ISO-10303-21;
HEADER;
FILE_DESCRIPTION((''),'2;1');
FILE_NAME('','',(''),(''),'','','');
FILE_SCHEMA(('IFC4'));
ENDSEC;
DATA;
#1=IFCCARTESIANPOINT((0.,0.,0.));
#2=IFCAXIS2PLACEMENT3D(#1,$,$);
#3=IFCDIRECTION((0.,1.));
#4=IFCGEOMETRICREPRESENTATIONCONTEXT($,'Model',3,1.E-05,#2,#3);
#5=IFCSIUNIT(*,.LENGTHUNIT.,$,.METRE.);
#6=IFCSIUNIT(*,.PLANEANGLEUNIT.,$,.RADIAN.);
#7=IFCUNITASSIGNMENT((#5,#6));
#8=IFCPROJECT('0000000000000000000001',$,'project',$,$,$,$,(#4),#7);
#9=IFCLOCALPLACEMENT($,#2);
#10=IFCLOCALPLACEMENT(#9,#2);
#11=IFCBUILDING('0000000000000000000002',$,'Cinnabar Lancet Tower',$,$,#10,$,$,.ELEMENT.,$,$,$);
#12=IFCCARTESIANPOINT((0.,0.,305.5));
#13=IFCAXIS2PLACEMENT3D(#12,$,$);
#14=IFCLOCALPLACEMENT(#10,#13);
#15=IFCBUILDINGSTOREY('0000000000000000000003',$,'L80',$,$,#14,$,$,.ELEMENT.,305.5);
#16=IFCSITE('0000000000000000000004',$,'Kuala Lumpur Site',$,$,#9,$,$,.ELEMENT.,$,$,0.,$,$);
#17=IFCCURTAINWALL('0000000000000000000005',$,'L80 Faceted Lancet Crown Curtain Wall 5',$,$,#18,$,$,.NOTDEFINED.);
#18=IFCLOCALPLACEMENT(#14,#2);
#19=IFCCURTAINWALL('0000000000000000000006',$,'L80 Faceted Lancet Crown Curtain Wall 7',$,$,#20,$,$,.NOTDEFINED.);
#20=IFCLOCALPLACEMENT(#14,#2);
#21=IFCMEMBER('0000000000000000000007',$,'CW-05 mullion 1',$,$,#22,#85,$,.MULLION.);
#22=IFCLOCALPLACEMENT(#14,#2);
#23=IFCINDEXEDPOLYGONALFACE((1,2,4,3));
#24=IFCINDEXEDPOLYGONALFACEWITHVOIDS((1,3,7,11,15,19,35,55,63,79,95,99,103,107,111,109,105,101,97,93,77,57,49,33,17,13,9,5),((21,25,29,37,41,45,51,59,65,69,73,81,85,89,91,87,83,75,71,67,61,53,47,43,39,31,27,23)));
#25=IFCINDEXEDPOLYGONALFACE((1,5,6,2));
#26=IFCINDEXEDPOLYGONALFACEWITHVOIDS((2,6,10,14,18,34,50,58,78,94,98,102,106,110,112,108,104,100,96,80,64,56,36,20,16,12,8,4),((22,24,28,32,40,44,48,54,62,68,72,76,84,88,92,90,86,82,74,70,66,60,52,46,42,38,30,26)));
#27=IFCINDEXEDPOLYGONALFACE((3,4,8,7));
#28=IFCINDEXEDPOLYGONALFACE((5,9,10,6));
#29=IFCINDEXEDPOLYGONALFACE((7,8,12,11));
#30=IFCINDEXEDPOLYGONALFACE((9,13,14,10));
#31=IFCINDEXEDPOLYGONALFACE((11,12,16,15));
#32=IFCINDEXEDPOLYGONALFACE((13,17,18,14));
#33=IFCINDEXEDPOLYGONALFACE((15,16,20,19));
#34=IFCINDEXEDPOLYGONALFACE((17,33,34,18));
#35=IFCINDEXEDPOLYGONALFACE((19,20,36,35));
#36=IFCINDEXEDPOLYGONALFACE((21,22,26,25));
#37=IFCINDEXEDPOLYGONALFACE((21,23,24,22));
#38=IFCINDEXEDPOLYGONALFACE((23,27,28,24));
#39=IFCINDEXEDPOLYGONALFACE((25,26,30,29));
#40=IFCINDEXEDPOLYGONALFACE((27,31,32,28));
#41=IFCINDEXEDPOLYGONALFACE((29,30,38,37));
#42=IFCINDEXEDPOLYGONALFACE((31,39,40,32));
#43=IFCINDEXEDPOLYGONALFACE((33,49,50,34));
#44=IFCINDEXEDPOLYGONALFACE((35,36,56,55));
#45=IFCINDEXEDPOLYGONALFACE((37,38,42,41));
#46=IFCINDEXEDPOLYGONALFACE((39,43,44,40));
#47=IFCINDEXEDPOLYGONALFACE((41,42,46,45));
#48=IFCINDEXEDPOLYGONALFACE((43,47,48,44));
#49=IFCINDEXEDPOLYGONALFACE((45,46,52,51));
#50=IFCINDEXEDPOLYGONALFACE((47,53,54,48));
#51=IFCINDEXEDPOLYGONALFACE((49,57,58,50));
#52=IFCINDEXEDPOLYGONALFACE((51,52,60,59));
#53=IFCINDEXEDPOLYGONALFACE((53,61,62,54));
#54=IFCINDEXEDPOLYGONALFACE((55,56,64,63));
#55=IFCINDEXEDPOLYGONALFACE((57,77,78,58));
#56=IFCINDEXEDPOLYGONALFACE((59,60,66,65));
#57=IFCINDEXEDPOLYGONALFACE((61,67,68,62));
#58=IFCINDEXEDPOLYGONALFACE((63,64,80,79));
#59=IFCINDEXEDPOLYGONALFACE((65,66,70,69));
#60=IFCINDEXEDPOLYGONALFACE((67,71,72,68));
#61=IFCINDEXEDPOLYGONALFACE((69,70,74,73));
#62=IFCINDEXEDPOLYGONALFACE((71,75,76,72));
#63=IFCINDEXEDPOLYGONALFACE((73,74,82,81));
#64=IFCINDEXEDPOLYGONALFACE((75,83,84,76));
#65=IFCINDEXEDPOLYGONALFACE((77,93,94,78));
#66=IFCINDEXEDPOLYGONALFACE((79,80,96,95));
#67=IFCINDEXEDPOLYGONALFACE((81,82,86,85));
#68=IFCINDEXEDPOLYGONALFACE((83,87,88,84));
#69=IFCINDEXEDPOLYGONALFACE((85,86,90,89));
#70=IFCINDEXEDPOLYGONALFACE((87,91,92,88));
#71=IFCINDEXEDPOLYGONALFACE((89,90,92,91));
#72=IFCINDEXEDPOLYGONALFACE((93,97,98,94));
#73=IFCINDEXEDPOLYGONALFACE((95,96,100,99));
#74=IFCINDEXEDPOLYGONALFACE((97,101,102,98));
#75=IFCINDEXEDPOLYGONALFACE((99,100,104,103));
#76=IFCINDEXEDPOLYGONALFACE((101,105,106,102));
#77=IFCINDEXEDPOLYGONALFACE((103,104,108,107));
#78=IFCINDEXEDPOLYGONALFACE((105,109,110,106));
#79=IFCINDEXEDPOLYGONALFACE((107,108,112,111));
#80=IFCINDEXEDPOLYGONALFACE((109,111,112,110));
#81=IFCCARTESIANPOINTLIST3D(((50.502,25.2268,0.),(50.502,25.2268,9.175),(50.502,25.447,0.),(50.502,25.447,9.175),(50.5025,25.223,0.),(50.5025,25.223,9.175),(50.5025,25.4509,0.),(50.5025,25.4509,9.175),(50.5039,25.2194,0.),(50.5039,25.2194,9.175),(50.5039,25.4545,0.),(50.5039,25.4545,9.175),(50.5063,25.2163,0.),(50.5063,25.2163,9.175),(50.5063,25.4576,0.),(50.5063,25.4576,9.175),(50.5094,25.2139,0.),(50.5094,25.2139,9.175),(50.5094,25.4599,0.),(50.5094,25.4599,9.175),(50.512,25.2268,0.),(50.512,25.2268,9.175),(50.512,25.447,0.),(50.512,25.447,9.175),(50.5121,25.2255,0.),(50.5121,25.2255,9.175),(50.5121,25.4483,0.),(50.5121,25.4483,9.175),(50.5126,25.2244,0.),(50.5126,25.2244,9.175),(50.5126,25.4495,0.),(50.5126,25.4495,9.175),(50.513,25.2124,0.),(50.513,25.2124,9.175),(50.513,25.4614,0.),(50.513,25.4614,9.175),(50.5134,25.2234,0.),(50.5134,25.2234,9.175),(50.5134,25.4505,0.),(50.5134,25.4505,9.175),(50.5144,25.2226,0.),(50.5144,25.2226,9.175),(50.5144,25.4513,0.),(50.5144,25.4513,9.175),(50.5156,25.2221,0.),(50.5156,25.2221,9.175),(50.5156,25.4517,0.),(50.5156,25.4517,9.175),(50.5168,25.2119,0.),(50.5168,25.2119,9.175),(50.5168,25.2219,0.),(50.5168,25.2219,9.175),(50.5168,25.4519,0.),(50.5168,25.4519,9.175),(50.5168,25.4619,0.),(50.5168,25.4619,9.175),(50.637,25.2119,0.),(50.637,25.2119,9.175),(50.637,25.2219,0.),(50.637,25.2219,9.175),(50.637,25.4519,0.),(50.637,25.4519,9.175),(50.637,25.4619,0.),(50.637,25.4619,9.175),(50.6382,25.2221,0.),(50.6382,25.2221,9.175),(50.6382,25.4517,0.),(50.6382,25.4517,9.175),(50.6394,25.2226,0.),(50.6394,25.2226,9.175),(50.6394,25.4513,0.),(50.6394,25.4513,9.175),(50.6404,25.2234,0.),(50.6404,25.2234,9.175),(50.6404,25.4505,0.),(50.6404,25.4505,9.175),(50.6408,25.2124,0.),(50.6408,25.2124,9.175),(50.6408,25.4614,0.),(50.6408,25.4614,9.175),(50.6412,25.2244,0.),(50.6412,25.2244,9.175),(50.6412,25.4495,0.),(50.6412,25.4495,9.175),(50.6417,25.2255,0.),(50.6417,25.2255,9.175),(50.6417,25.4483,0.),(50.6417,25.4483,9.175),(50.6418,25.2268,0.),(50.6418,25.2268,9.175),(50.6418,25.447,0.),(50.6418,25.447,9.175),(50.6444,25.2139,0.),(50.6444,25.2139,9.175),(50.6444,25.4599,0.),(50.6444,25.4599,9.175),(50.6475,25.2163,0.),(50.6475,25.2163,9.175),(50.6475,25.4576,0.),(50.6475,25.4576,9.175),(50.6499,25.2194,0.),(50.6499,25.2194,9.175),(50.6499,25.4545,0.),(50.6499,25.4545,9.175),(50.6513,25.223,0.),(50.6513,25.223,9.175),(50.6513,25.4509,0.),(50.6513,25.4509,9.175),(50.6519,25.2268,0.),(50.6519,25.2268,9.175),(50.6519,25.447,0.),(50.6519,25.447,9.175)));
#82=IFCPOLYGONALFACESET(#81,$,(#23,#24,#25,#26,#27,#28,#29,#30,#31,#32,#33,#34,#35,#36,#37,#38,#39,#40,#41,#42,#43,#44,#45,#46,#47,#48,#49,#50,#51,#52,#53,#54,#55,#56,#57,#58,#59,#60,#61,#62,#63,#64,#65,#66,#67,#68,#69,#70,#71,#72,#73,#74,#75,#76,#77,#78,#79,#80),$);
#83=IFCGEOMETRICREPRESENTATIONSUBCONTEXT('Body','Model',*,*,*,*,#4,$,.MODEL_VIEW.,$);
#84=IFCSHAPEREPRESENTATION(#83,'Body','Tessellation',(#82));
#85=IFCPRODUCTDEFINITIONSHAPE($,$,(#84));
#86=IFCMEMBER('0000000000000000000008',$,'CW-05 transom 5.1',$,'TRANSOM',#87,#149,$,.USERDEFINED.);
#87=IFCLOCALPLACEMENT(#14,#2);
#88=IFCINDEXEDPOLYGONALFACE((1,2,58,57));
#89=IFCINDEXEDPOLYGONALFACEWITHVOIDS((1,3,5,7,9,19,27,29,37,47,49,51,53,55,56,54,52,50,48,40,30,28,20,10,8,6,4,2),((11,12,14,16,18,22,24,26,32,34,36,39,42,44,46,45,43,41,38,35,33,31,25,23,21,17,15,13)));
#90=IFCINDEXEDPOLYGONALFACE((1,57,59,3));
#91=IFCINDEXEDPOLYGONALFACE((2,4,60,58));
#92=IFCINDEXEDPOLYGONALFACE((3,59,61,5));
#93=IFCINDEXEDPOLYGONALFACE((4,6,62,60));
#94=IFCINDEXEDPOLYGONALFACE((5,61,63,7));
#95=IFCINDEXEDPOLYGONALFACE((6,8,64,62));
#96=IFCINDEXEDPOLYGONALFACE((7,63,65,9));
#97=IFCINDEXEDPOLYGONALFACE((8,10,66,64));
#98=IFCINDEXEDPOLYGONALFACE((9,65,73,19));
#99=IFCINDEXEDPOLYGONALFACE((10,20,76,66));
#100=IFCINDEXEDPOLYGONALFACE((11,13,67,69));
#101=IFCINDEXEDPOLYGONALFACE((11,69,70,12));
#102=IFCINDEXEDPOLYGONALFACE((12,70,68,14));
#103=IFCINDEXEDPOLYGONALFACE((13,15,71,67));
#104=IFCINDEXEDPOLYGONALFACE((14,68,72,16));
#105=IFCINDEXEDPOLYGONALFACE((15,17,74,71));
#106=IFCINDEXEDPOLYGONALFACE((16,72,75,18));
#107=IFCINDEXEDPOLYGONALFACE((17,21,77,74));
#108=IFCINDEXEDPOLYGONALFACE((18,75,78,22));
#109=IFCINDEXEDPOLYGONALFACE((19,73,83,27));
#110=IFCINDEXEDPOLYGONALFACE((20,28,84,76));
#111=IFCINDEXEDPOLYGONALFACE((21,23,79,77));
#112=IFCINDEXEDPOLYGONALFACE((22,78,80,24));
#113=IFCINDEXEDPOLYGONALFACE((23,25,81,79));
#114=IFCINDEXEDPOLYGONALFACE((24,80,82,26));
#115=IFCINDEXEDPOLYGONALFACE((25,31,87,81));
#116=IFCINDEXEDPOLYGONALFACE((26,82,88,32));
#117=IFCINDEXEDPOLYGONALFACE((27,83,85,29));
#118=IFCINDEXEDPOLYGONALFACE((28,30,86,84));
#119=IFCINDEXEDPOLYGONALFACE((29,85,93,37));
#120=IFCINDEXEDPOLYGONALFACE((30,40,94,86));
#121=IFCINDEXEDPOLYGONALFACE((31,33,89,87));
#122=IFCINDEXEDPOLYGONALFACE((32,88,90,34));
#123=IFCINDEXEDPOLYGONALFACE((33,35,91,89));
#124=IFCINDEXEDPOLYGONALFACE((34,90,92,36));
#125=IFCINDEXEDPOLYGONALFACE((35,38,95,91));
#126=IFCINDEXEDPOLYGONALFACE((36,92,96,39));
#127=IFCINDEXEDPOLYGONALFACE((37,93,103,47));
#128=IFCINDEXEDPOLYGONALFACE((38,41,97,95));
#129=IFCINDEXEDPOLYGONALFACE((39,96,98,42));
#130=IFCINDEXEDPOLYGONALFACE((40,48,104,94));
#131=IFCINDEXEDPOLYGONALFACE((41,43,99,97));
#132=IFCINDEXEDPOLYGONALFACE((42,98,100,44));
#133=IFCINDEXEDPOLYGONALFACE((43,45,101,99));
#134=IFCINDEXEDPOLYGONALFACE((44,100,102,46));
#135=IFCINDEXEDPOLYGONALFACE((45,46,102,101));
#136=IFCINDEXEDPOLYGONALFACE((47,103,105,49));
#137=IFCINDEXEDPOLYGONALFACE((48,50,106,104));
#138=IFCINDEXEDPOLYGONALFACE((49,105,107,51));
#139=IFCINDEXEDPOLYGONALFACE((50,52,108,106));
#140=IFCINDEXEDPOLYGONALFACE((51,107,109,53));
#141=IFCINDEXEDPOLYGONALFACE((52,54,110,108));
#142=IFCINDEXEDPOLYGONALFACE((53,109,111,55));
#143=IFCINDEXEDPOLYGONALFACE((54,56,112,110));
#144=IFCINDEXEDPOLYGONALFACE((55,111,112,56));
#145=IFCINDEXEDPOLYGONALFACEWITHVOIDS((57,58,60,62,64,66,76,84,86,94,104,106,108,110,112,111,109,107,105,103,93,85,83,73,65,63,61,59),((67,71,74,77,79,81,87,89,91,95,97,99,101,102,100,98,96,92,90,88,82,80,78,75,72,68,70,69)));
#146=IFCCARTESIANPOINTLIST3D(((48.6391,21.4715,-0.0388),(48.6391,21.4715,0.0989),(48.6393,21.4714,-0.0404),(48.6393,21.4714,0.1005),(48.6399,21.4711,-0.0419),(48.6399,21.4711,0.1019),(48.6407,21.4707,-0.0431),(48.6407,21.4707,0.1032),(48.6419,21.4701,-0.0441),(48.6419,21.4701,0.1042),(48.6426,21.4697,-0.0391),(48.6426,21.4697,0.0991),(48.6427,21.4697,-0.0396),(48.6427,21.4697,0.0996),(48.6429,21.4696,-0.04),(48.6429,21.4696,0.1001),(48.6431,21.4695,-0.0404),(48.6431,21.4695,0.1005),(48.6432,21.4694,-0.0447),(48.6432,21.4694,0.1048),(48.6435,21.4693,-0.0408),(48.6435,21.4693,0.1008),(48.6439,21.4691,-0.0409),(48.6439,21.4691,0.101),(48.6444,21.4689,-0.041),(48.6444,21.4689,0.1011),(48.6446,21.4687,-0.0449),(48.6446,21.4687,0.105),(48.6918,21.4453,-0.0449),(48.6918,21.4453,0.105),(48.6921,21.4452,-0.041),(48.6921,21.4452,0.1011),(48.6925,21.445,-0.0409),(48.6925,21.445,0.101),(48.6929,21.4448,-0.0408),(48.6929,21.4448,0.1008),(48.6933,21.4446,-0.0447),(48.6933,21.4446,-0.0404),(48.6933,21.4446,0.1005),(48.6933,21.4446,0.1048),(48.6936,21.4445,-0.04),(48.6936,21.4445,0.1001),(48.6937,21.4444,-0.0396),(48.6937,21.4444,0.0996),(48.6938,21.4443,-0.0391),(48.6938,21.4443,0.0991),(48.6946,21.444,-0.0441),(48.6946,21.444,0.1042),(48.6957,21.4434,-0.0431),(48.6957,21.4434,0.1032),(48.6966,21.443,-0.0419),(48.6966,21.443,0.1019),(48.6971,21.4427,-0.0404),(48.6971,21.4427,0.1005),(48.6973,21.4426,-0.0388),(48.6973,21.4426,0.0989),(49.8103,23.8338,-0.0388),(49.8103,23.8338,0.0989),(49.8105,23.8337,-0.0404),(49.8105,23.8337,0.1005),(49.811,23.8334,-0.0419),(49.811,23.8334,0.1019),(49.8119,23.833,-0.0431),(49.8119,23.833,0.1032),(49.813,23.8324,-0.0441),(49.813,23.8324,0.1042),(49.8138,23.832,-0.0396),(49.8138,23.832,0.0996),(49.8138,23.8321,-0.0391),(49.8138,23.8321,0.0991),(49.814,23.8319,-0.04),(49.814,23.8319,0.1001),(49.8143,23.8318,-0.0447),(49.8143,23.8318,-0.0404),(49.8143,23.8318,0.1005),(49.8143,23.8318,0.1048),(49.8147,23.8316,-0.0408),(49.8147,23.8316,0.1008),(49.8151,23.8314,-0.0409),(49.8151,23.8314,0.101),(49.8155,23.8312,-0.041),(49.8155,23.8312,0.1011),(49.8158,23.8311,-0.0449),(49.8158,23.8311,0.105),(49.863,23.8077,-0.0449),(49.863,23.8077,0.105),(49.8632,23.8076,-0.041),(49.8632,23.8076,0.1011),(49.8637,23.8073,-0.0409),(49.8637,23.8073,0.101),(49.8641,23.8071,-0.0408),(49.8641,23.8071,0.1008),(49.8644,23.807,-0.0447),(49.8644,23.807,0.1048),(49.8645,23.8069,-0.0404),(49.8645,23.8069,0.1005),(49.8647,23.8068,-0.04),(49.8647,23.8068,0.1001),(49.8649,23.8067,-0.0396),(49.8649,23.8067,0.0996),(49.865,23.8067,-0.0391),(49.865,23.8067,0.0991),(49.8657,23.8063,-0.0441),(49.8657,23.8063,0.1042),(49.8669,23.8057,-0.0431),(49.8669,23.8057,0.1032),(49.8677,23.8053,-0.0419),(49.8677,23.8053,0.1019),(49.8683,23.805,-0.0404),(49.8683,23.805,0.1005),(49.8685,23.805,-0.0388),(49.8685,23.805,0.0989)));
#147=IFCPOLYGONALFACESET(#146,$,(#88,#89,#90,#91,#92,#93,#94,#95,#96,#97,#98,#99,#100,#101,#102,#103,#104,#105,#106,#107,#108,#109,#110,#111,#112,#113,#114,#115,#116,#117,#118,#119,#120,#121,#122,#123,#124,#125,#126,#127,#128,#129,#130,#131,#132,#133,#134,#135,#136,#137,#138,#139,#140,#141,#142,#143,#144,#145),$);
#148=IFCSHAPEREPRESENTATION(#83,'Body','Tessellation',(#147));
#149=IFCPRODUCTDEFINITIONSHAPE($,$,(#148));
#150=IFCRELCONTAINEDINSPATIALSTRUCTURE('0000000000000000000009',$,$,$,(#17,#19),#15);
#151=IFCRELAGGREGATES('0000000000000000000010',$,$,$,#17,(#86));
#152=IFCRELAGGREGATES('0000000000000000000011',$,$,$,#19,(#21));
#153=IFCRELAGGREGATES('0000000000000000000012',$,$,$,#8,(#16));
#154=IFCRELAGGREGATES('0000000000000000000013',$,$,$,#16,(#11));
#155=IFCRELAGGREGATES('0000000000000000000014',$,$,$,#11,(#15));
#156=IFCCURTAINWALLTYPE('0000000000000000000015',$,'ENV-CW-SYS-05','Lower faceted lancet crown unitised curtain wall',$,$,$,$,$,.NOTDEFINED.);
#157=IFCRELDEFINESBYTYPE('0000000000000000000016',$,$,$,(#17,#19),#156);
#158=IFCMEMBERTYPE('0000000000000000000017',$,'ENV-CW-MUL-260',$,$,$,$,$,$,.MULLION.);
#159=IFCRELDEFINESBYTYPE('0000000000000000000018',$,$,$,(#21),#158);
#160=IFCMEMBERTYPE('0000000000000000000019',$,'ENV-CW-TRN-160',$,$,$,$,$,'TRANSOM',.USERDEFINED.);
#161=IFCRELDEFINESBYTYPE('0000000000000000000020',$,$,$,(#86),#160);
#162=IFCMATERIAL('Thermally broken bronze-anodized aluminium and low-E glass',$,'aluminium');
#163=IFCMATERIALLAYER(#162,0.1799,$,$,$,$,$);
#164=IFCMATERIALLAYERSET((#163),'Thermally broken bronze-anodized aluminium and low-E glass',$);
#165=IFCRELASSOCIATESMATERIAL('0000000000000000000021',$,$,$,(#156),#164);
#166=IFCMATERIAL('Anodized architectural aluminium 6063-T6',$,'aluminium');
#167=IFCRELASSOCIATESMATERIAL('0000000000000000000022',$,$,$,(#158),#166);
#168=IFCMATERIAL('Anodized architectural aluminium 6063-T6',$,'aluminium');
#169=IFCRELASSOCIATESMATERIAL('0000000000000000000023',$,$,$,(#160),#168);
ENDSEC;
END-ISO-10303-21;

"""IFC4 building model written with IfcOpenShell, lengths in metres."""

from ifc_helpers import new_model, si_unit, direction, frame, origin, origin_2d, place, context, subcontext, project, spatial, hollow_rectangle, extrude, material, layer, layer_set, material_profile, profile_set, type_object, element, aggregate, save


model = new_model("IFC4")

# Units and contexts
model_context = context("Model", 3, precision=1e-05, world=origin(), true_north=direction((0.0, 1.0)))
body_context = subcontext(model_context, "Body", "Model", "MODEL_VIEW")
ifc_project = project(units=[si_unit("LENGTHUNIT", "METRE"), si_unit("PLANEANGLEUNIT", "RADIAN")], contexts=[model_context])

# Site, building, storey
site_placement = place(None, origin())
site = spatial("IfcSite", under=ifc_project, at=site_placement, Name="Kuala Lumpur Site", CompositionType="ELEMENT", RefElevation=0.0)
building_placement = place(site_placement, origin())
building = spatial("IfcBuilding", under=site, at=building_placement, Name="Cinnabar Lancet Tower", CompositionType="ELEMENT")
storey_placement = place(building_placement, frame((0.0, 0.0, 305.5)))
storey = spatial("IfcBuildingStorey", under=building, at=storey_placement, Name="L80", CompositionType="ELEMENT", Elevation=305.5)

# Curtain wall
ifc_material_1 = material(Name="Thermally broken bronze-anodized aluminium and low-E glass", Category="aluminium")
ifc_layer_1 = layer(ifc_material_1, 0.1799)
ifc_layer_set_1 = layer_set([ifc_layer_1], Name="Thermally broken bronze-anodized aluminium and low-E glass")
curtain_wall_type = type_object("IfcCurtainWallType", Name="ENV-CW-SYS-05", Description="Lower faceted lancet crown unitised curtain wall", PredefinedType="NOTDEFINED", material=ifc_layer_set_1)
curtain_wall_1_placement = place(storey_placement, origin())
curtain_wall_1 = element("IfcCurtainWall", 1, at=curtain_wall_1_placement, inside=storey, type_object=curtain_wall_type, Name="L80 Faceted Lancet Crown Curtain Wall 5", PredefinedType="NOTDEFINED")
ifc_material_2 = material(Name="Anodized architectural aluminium 6063-T6", Category="aluminium")
ifc_material_profile_1 = material_profile(ifc_material_2, hollow_rectangle(XDim=0.1499, YDim=0.25, WallThickness=0.01, InnerFilletRadius=0.0049, OuterFilletRadius=0.0149, at=origin_2d()), Name="RHS 250x150x10")
ifc_profile_set_1 = profile_set([ifc_material_profile_1], Name="Anodized architectural aluminium 6063-T6")
member_type_1 = type_object("IfcMemberType", Name="ENV-CW-MUL-260", PredefinedType="MULLION", material=ifc_profile_set_1)

# Curtain wall, member
curtain_wall_2_placement = place(storey_placement, origin())
curtain_wall_2 = element("IfcCurtainWall", 2, at=curtain_wall_2_placement, inside=storey, type_object=curtain_wall_type, Name="L80 Faceted Lancet Crown Curtain Wall 7", PredefinedType="NOTDEFINED")
member_1_placement = place(storey_placement, frame((50.5769, 25.3369, 0.0), z_axis=(0.0, 0.0, 1.0), x_axis=(-1.0, 0.0, 0.0)))
member_1 = element("IfcMember", 3, at=member_1_placement, type_object=member_type_1, Name="CW-05 mullion 1", PredefinedType="MULLION", context=body_context, shape_type="SweptSolid", body=[
    extrude(hollow_rectangle(XDim=0.1499, YDim=0.25, WallThickness=0.01, InnerFilletRadius=0.0049, OuterFilletRadius=0.0149, at=origin_2d()), origin(), (0.0, 0.0, 1.0), 9.175),
])

# Member
ifc_material_3 = material(Name="Anodized architectural aluminium 6063-T6", Category="aluminium")
ifc_material_profile_2 = material_profile(ifc_material_3, hollow_rectangle(XDim=0.0649, YDim=0.1499, WallThickness=0.0039, InnerFilletRadius=0.002, OuterFilletRadius=0.0061, at=origin_2d()), Name="CW-TRN 150x65x4")
ifc_profile_set_2 = profile_set([ifc_material_profile_2], Name="Anodized architectural aluminium 6063-T6")
member_type_2 = type_object("IfcMemberType", Name="ENV-CW-TRN-160", ElementType="TRANSOM", PredefinedType="USERDEFINED", material=ifc_profile_set_2)
member_2_placement = place(storey_placement, frame((48.6682, 21.457, 0.03), z_axis=(0.444174, 0.895941, 0.0), x_axis=(-0.895941, 0.444174, 0.0)))
member_2 = element("IfcMember", 4, at=member_2_placement, type_object=member_type_2, Name="CW-05 transom 5.1", ObjectType="TRANSOM", PredefinedType="USERDEFINED", context=body_context, shape_type="SweptSolid", body=[
    extrude(hollow_rectangle(XDim=0.0649, YDim=0.1499, WallThickness=0.0039, InnerFilletRadius=0.002, OuterFilletRadius=0.0061, at=origin_2d()), origin(), (0.0, 0.0, 1.0), 2.6367),
])

aggregate(curtain_wall_1, [member_2])
aggregate(curtain_wall_2, [member_1])

save(model, "model.ifc")
